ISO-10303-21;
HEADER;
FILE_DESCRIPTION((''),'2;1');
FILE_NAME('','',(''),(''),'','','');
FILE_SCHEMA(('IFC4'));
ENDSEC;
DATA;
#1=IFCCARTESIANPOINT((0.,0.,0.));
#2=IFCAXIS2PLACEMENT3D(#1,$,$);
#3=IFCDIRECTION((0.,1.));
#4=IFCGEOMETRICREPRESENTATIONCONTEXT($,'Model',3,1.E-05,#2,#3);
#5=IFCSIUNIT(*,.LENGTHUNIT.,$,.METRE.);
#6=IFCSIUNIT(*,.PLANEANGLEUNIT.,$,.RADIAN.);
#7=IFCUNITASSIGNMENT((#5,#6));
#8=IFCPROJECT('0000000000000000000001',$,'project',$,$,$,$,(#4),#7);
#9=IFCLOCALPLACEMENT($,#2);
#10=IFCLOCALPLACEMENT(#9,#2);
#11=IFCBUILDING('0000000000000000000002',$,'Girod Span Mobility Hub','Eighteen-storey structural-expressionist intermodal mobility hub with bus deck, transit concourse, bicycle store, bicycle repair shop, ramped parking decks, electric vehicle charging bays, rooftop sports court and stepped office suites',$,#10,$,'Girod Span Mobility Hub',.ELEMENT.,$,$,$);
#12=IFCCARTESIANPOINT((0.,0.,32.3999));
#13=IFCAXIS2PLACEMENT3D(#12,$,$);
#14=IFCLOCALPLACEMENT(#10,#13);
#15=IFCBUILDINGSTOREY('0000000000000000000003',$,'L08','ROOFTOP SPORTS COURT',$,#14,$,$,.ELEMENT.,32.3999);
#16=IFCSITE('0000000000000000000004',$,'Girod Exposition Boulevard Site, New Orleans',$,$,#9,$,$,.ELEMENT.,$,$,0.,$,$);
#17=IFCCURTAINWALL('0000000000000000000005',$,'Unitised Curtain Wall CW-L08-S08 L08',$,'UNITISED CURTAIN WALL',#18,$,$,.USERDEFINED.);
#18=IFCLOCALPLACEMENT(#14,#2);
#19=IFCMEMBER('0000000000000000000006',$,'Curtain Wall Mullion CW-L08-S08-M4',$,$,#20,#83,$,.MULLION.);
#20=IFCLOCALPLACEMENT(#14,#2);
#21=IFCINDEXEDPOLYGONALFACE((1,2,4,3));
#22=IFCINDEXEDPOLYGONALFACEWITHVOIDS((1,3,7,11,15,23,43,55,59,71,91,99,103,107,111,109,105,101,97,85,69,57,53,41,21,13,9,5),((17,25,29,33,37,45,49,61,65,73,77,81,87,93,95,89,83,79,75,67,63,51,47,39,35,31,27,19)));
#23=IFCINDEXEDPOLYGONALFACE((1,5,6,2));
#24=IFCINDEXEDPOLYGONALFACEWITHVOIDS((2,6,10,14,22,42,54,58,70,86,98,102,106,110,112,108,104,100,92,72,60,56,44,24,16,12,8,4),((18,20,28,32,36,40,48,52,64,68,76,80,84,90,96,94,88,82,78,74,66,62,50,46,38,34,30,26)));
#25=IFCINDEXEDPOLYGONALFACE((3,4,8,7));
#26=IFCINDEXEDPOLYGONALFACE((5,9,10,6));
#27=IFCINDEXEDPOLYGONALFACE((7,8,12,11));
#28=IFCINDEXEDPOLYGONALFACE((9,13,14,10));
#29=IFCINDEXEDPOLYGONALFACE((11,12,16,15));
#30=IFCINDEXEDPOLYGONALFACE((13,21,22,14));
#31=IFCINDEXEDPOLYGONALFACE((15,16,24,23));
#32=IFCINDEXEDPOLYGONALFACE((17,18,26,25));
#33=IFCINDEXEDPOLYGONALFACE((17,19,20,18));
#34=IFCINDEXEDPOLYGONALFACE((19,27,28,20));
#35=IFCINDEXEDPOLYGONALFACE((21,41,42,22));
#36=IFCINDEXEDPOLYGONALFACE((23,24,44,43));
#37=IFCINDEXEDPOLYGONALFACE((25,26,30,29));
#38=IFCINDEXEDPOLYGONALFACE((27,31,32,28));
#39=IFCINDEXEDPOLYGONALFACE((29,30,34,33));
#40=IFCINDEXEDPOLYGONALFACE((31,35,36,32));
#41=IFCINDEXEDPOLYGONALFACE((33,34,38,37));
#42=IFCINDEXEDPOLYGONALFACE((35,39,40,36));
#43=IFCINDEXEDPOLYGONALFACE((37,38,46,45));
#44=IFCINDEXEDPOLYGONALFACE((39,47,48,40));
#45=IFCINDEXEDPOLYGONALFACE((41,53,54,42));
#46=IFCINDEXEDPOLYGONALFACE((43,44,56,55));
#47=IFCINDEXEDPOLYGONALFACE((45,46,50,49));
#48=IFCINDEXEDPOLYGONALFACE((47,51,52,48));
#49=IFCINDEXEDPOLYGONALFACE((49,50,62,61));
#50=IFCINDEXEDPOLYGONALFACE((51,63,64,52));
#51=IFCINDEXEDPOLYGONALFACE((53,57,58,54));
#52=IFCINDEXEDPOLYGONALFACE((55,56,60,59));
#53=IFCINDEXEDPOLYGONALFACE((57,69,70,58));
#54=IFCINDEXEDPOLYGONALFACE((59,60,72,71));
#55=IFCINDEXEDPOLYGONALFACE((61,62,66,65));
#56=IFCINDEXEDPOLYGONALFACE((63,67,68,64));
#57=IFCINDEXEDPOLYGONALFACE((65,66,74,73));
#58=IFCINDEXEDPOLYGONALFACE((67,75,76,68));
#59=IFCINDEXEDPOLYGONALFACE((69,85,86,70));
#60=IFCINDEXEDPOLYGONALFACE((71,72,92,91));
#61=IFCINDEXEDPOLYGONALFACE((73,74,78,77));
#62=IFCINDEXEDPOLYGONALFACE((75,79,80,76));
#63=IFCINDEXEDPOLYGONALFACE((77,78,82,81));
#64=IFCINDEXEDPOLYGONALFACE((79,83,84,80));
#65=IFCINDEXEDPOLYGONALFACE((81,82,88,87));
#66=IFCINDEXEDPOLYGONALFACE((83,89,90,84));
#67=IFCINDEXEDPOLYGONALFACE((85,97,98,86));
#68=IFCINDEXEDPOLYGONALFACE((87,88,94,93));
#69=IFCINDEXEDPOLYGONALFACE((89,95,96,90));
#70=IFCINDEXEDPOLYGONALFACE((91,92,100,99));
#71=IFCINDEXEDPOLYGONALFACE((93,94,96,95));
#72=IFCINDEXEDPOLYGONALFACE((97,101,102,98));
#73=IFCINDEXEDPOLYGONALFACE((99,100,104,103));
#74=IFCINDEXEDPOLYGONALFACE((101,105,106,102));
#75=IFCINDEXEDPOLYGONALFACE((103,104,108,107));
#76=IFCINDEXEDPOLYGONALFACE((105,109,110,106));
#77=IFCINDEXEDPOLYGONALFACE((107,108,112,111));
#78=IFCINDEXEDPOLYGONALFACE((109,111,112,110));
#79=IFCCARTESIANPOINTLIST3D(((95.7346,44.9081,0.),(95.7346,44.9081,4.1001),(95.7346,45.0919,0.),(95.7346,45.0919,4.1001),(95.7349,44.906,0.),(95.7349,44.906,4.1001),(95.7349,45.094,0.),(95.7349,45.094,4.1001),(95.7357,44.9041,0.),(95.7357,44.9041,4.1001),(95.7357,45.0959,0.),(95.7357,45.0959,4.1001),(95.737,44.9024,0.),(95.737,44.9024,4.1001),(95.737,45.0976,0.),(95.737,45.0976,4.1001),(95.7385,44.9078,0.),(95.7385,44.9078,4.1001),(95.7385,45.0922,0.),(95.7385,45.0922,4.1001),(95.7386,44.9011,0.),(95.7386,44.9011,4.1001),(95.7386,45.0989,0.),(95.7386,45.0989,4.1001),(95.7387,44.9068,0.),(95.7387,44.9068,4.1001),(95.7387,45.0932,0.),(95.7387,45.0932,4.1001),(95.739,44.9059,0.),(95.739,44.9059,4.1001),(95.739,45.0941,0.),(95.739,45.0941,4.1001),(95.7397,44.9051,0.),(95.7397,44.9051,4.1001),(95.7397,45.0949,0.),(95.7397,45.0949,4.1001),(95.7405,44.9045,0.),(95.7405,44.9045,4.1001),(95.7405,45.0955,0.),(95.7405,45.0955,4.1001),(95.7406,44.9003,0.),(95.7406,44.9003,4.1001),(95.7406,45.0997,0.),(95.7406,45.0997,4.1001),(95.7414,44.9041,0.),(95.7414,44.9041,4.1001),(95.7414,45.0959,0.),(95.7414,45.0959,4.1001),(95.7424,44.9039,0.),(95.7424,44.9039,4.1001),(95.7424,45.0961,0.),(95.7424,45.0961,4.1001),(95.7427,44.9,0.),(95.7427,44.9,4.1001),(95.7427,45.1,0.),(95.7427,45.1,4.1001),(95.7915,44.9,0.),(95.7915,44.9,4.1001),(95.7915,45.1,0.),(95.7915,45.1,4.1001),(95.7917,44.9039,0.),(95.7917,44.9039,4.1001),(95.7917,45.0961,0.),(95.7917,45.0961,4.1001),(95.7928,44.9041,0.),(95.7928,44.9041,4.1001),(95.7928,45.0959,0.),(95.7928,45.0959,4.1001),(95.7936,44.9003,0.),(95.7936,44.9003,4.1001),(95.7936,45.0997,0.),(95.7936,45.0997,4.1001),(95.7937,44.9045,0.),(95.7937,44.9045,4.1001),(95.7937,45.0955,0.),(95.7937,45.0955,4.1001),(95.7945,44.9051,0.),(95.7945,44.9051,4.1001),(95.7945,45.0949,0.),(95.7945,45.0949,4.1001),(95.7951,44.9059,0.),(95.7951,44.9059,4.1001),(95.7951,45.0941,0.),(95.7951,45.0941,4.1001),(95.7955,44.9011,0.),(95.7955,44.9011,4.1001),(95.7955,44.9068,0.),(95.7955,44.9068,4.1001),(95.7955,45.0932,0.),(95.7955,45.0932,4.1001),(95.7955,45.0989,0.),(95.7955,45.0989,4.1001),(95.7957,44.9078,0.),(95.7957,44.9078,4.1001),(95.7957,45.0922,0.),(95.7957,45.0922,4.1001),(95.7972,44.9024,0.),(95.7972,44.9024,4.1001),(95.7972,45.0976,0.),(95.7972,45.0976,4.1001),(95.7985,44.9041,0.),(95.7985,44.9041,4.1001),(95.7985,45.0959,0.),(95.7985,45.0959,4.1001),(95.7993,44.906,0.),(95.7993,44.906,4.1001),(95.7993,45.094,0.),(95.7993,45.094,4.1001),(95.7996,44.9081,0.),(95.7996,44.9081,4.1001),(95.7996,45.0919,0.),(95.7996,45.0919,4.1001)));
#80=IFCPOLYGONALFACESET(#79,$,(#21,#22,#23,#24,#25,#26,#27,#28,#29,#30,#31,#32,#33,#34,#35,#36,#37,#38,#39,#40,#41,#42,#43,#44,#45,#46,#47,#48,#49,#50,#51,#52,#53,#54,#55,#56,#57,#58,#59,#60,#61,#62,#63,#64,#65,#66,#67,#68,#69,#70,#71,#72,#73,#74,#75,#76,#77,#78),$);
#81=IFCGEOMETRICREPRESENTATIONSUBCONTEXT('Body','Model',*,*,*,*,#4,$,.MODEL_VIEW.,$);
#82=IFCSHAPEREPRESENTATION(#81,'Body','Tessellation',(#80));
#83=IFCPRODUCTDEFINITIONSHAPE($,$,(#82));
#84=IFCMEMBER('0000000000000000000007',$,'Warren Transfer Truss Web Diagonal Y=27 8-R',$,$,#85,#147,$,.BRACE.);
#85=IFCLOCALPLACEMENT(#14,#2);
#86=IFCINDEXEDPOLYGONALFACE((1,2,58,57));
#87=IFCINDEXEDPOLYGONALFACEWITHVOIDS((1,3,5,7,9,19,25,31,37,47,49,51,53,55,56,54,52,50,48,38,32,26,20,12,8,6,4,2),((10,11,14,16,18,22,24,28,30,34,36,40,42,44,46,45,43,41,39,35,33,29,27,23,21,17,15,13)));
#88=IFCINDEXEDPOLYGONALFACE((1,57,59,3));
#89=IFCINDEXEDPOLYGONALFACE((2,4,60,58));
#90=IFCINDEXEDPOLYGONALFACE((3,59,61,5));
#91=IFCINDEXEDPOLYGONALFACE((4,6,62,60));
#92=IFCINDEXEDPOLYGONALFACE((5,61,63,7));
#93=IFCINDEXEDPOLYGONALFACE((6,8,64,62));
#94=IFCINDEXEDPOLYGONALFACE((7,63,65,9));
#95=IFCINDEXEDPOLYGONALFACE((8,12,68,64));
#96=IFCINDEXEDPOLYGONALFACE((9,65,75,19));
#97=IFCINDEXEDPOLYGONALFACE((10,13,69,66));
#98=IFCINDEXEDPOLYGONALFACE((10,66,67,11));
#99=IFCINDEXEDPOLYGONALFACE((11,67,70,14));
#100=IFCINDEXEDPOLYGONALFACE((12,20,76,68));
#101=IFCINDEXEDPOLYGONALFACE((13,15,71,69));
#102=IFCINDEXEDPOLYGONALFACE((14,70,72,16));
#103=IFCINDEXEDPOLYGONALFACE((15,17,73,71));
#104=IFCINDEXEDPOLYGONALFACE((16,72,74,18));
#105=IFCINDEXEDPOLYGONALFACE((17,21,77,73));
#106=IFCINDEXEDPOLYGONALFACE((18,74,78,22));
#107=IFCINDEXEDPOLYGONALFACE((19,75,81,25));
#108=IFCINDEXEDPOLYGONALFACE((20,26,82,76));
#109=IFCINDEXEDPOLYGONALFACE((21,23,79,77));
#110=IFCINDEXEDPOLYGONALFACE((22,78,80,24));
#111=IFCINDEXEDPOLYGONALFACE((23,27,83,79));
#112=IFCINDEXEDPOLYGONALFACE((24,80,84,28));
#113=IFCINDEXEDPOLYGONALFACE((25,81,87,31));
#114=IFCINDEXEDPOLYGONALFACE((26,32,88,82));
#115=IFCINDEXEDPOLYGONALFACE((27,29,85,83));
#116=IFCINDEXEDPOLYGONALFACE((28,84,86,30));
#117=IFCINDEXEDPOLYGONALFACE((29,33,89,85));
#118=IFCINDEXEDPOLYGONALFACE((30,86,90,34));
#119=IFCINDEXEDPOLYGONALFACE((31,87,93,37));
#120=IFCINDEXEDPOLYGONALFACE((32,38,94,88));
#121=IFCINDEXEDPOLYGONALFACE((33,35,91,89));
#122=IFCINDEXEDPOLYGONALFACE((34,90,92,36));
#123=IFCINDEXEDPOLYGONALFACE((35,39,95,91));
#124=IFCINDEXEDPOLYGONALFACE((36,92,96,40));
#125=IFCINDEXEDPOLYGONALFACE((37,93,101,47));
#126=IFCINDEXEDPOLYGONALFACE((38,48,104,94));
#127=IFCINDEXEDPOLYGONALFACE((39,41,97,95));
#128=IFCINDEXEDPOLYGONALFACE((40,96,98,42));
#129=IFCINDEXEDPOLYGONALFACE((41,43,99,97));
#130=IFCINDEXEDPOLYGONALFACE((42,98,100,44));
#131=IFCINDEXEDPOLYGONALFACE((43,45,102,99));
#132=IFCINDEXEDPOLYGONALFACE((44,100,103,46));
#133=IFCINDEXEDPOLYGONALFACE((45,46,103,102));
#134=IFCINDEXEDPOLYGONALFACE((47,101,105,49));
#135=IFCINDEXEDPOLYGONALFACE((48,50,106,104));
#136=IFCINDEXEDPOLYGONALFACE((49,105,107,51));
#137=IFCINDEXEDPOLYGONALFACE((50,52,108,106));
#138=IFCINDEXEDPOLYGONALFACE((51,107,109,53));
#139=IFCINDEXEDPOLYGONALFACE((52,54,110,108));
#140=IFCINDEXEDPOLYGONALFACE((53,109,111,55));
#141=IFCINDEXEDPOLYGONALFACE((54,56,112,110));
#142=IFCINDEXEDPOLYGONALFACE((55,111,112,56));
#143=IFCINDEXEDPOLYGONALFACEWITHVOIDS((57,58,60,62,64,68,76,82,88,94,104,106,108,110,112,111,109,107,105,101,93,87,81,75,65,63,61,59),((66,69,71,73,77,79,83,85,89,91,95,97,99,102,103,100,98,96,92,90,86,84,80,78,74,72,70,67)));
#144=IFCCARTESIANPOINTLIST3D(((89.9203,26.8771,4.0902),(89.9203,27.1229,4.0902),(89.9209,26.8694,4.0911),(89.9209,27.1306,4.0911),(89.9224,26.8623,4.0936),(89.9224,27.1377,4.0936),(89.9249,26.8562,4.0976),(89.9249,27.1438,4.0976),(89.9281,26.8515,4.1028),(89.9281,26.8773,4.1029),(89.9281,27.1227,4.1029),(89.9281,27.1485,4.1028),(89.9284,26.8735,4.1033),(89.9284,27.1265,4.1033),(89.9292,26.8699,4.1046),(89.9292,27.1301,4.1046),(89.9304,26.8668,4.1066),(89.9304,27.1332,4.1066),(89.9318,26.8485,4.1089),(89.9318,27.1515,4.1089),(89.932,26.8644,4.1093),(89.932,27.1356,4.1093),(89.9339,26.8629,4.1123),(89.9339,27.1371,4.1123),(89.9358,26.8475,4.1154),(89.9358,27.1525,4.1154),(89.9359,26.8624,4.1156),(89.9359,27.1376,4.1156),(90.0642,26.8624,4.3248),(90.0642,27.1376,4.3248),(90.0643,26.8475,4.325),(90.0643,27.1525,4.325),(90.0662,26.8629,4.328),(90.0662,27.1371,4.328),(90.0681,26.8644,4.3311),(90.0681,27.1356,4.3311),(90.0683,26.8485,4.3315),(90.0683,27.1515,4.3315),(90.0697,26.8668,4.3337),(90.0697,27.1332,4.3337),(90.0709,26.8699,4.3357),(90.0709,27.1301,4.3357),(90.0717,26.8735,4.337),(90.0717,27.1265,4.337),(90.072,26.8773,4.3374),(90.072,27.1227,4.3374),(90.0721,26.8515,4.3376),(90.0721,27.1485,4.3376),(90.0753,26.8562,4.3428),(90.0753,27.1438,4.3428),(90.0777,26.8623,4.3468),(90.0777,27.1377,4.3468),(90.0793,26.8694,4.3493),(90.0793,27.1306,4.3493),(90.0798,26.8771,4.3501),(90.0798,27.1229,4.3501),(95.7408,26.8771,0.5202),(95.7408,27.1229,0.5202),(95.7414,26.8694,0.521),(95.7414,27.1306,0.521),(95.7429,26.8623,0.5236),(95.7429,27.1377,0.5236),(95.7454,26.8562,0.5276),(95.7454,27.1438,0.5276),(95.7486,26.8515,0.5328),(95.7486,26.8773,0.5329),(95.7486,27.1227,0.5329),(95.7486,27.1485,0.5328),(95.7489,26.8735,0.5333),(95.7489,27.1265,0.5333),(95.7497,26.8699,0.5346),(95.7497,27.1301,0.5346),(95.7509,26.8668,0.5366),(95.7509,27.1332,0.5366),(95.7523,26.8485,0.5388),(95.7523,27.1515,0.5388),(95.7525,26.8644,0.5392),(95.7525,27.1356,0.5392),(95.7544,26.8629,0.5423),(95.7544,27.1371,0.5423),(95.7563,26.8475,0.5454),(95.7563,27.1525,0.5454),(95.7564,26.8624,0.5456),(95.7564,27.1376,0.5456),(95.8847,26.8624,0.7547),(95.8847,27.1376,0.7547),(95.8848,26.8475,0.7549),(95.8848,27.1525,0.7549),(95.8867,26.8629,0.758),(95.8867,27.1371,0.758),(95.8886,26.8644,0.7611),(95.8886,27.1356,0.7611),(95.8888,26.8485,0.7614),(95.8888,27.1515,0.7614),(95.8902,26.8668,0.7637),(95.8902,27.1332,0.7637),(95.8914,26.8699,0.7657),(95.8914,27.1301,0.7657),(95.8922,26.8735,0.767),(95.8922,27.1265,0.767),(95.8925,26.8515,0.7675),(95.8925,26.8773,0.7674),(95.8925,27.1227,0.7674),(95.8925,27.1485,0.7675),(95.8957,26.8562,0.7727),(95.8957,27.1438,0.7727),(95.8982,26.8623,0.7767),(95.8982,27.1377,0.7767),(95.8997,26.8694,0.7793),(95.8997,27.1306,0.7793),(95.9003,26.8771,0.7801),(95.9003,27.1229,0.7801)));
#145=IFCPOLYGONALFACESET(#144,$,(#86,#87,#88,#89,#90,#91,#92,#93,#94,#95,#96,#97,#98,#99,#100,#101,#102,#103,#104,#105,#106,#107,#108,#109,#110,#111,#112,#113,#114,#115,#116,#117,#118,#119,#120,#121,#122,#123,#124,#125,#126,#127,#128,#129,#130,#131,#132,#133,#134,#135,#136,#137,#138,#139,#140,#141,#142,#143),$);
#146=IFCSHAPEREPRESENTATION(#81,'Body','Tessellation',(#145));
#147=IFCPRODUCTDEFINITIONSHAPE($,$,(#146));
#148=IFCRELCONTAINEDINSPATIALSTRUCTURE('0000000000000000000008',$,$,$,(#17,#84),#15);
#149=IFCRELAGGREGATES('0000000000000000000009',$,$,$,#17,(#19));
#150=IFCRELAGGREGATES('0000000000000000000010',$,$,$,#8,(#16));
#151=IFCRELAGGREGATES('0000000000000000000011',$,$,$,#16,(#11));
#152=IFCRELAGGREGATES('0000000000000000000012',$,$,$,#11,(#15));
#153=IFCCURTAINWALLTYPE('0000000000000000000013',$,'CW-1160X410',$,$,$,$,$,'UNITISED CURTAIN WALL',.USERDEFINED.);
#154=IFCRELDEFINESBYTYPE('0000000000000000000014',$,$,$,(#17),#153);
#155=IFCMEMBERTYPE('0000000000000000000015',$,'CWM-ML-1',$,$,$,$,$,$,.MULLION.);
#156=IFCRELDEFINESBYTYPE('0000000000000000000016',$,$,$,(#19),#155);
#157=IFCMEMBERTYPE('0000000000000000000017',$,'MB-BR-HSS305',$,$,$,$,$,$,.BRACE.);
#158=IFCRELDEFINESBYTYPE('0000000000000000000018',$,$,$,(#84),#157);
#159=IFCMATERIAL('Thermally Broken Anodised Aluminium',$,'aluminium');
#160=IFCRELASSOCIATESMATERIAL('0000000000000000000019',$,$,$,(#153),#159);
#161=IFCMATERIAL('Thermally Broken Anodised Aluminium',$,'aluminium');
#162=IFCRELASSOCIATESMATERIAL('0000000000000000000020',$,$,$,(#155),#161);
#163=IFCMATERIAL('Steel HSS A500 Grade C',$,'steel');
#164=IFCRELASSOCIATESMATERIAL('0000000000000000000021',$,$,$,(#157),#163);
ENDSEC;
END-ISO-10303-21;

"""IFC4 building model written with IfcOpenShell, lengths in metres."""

from ifc_helpers import new_model, si_unit, direction, frame, origin, origin_2d, place, context, subcontext, project, spatial, hollow_rectangle, extrude, material, material_profile, profile_set, type_object, element, aggregate, save


model = new_model("IFC4")

# Units and contexts
model_context = context("Model", 3, precision=1e-05, world=origin(), true_north=direction((0.0, 1.0)))
body_context = subcontext(model_context, "Body", "Model", "MODEL_VIEW")
ifc_project = project(units=[si_unit("LENGTHUNIT", "METRE"), si_unit("PLANEANGLEUNIT", "RADIAN")], contexts=[model_context])

# Site, building, storey
site_placement = place(None, origin())
site = spatial("IfcSite", under=ifc_project, at=site_placement, Name="Girod Exposition Boulevard Site, New Orleans", CompositionType="ELEMENT", RefElevation=0.0)
building_placement = place(site_placement, origin())
building = spatial("IfcBuilding", under=site, at=building_placement, Name="Girod Span Mobility Hub", Description="Eighteen-storey structural-expressionist intermodal mobility hub with bus deck, transit concourse, bicycle store, bicycle repair shop, ramped parking decks, electric vehicle charging bays, rooftop sports court and stepped office suites", LongName="Girod Span Mobility Hub", CompositionType="ELEMENT")
storey_placement = place(building_placement, frame((0.0, 0.0, 32.3999)))
storey = spatial("IfcBuildingStorey", under=building, at=storey_placement, Name="L08", Description="ROOFTOP SPORTS COURT", CompositionType="ELEMENT", Elevation=32.3999)

# Curtain wall, member
ifc_material_1 = material(Name="Thermally Broken Anodised Aluminium", Category="aluminium")
curtain_wall_type = type_object("IfcCurtainWallType", Name="CW-1160X410", ElementType="UNITISED CURTAIN WALL", PredefinedType="USERDEFINED", material=ifc_material_1)
curtain_wall_placement = place(storey_placement, origin())
curtain_wall = element("IfcCurtainWall", 1, at=curtain_wall_placement, inside=storey, type_object=curtain_wall_type, Name="Unitised Curtain Wall CW-L08-S08 L08", ObjectType="UNITISED CURTAIN WALL", PredefinedType="USERDEFINED")
ifc_material_2 = material(Name="Thermally Broken Anodised Aluminium", Category="aluminium")
ifc_material_profile_1 = material_profile(ifc_material_2, hollow_rectangle(XDim=0.2, YDim=0.0649, WallThickness=0.0039, InnerFilletRadius=0.0039, OuterFilletRadius=0.0081, at=origin_2d()), Name="CW-ML-65X200")
ifc_profile_set_1 = profile_set([ifc_material_profile_1], Name="Thermally Broken Anodised Aluminium")
member_type_1 = type_object("IfcMemberType", Name="CWM-ML-1", PredefinedType="MULLION", material=ifc_profile_set_1)
member_1_placement = place(storey_placement, frame((95.7671, 45.0, 0.0), z_axis=(0.0, 0.0, 1.0), x_axis=(0.0, 1.0, 0.0)))
member_1 = element("IfcMember", 2, at=member_1_placement, type_object=member_type_1, Name="Curtain Wall Mullion CW-L08-S08-M4", PredefinedType="MULLION", context=body_context, shape_type="SweptSolid", body=[
    extrude(hollow_rectangle(XDim=0.2, YDim=0.0649, WallThickness=0.0039, InnerFilletRadius=0.0039, OuterFilletRadius=0.0081, at=origin_2d()), origin(), (0.0, 0.0, 1.0), 4.1001),
])
aggregate(curtain_wall, [member_1])

# Member
ifc_material_3 = material(Name="Steel HSS A500 Grade C", Category="steel")
ifc_material_profile_2 = material_profile(ifc_material_3, hollow_rectangle(XDim=0.3049, YDim=0.3049, WallThickness=0.0149, InnerFilletRadius=0.0149, OuterFilletRadius=0.0295, at=origin_2d()), Name="HSS305X305X16")
ifc_profile_set_2 = profile_set([ifc_material_profile_2], Name="Steel HSS A500 Grade C")
member_type_2 = type_object("IfcMemberType", Name="MB-BR-HSS305", PredefinedType="BRACE", material=ifc_profile_set_2)
for number, where, z_axis, x_axis, name in (
    (3, (95.8206, 27.0, 0.6501), (-0.85243, 0.0, 0.522842), (0.0, -1.0, 0.0), "Warren Transfer Truss Web Diagonal Y=27 8-R"),
):
    element("IfcMember", number, at=place(storey_placement, frame(where, z_axis=z_axis, x_axis=x_axis)), inside=storey, type_object=member_type_2, Name=name, PredefinedType="BRACE", context=body_context, shape_type="SweptSolid", body=[
        extrude(hollow_rectangle(XDim=0.3049, YDim=0.3049, WallThickness=0.0149, InnerFilletRadius=0.0149, OuterFilletRadius=0.0295, at=origin_2d()), origin(), (0.0, 0.0, 1.0), 6.8281),
    ])

save(model, "model.ifc")
